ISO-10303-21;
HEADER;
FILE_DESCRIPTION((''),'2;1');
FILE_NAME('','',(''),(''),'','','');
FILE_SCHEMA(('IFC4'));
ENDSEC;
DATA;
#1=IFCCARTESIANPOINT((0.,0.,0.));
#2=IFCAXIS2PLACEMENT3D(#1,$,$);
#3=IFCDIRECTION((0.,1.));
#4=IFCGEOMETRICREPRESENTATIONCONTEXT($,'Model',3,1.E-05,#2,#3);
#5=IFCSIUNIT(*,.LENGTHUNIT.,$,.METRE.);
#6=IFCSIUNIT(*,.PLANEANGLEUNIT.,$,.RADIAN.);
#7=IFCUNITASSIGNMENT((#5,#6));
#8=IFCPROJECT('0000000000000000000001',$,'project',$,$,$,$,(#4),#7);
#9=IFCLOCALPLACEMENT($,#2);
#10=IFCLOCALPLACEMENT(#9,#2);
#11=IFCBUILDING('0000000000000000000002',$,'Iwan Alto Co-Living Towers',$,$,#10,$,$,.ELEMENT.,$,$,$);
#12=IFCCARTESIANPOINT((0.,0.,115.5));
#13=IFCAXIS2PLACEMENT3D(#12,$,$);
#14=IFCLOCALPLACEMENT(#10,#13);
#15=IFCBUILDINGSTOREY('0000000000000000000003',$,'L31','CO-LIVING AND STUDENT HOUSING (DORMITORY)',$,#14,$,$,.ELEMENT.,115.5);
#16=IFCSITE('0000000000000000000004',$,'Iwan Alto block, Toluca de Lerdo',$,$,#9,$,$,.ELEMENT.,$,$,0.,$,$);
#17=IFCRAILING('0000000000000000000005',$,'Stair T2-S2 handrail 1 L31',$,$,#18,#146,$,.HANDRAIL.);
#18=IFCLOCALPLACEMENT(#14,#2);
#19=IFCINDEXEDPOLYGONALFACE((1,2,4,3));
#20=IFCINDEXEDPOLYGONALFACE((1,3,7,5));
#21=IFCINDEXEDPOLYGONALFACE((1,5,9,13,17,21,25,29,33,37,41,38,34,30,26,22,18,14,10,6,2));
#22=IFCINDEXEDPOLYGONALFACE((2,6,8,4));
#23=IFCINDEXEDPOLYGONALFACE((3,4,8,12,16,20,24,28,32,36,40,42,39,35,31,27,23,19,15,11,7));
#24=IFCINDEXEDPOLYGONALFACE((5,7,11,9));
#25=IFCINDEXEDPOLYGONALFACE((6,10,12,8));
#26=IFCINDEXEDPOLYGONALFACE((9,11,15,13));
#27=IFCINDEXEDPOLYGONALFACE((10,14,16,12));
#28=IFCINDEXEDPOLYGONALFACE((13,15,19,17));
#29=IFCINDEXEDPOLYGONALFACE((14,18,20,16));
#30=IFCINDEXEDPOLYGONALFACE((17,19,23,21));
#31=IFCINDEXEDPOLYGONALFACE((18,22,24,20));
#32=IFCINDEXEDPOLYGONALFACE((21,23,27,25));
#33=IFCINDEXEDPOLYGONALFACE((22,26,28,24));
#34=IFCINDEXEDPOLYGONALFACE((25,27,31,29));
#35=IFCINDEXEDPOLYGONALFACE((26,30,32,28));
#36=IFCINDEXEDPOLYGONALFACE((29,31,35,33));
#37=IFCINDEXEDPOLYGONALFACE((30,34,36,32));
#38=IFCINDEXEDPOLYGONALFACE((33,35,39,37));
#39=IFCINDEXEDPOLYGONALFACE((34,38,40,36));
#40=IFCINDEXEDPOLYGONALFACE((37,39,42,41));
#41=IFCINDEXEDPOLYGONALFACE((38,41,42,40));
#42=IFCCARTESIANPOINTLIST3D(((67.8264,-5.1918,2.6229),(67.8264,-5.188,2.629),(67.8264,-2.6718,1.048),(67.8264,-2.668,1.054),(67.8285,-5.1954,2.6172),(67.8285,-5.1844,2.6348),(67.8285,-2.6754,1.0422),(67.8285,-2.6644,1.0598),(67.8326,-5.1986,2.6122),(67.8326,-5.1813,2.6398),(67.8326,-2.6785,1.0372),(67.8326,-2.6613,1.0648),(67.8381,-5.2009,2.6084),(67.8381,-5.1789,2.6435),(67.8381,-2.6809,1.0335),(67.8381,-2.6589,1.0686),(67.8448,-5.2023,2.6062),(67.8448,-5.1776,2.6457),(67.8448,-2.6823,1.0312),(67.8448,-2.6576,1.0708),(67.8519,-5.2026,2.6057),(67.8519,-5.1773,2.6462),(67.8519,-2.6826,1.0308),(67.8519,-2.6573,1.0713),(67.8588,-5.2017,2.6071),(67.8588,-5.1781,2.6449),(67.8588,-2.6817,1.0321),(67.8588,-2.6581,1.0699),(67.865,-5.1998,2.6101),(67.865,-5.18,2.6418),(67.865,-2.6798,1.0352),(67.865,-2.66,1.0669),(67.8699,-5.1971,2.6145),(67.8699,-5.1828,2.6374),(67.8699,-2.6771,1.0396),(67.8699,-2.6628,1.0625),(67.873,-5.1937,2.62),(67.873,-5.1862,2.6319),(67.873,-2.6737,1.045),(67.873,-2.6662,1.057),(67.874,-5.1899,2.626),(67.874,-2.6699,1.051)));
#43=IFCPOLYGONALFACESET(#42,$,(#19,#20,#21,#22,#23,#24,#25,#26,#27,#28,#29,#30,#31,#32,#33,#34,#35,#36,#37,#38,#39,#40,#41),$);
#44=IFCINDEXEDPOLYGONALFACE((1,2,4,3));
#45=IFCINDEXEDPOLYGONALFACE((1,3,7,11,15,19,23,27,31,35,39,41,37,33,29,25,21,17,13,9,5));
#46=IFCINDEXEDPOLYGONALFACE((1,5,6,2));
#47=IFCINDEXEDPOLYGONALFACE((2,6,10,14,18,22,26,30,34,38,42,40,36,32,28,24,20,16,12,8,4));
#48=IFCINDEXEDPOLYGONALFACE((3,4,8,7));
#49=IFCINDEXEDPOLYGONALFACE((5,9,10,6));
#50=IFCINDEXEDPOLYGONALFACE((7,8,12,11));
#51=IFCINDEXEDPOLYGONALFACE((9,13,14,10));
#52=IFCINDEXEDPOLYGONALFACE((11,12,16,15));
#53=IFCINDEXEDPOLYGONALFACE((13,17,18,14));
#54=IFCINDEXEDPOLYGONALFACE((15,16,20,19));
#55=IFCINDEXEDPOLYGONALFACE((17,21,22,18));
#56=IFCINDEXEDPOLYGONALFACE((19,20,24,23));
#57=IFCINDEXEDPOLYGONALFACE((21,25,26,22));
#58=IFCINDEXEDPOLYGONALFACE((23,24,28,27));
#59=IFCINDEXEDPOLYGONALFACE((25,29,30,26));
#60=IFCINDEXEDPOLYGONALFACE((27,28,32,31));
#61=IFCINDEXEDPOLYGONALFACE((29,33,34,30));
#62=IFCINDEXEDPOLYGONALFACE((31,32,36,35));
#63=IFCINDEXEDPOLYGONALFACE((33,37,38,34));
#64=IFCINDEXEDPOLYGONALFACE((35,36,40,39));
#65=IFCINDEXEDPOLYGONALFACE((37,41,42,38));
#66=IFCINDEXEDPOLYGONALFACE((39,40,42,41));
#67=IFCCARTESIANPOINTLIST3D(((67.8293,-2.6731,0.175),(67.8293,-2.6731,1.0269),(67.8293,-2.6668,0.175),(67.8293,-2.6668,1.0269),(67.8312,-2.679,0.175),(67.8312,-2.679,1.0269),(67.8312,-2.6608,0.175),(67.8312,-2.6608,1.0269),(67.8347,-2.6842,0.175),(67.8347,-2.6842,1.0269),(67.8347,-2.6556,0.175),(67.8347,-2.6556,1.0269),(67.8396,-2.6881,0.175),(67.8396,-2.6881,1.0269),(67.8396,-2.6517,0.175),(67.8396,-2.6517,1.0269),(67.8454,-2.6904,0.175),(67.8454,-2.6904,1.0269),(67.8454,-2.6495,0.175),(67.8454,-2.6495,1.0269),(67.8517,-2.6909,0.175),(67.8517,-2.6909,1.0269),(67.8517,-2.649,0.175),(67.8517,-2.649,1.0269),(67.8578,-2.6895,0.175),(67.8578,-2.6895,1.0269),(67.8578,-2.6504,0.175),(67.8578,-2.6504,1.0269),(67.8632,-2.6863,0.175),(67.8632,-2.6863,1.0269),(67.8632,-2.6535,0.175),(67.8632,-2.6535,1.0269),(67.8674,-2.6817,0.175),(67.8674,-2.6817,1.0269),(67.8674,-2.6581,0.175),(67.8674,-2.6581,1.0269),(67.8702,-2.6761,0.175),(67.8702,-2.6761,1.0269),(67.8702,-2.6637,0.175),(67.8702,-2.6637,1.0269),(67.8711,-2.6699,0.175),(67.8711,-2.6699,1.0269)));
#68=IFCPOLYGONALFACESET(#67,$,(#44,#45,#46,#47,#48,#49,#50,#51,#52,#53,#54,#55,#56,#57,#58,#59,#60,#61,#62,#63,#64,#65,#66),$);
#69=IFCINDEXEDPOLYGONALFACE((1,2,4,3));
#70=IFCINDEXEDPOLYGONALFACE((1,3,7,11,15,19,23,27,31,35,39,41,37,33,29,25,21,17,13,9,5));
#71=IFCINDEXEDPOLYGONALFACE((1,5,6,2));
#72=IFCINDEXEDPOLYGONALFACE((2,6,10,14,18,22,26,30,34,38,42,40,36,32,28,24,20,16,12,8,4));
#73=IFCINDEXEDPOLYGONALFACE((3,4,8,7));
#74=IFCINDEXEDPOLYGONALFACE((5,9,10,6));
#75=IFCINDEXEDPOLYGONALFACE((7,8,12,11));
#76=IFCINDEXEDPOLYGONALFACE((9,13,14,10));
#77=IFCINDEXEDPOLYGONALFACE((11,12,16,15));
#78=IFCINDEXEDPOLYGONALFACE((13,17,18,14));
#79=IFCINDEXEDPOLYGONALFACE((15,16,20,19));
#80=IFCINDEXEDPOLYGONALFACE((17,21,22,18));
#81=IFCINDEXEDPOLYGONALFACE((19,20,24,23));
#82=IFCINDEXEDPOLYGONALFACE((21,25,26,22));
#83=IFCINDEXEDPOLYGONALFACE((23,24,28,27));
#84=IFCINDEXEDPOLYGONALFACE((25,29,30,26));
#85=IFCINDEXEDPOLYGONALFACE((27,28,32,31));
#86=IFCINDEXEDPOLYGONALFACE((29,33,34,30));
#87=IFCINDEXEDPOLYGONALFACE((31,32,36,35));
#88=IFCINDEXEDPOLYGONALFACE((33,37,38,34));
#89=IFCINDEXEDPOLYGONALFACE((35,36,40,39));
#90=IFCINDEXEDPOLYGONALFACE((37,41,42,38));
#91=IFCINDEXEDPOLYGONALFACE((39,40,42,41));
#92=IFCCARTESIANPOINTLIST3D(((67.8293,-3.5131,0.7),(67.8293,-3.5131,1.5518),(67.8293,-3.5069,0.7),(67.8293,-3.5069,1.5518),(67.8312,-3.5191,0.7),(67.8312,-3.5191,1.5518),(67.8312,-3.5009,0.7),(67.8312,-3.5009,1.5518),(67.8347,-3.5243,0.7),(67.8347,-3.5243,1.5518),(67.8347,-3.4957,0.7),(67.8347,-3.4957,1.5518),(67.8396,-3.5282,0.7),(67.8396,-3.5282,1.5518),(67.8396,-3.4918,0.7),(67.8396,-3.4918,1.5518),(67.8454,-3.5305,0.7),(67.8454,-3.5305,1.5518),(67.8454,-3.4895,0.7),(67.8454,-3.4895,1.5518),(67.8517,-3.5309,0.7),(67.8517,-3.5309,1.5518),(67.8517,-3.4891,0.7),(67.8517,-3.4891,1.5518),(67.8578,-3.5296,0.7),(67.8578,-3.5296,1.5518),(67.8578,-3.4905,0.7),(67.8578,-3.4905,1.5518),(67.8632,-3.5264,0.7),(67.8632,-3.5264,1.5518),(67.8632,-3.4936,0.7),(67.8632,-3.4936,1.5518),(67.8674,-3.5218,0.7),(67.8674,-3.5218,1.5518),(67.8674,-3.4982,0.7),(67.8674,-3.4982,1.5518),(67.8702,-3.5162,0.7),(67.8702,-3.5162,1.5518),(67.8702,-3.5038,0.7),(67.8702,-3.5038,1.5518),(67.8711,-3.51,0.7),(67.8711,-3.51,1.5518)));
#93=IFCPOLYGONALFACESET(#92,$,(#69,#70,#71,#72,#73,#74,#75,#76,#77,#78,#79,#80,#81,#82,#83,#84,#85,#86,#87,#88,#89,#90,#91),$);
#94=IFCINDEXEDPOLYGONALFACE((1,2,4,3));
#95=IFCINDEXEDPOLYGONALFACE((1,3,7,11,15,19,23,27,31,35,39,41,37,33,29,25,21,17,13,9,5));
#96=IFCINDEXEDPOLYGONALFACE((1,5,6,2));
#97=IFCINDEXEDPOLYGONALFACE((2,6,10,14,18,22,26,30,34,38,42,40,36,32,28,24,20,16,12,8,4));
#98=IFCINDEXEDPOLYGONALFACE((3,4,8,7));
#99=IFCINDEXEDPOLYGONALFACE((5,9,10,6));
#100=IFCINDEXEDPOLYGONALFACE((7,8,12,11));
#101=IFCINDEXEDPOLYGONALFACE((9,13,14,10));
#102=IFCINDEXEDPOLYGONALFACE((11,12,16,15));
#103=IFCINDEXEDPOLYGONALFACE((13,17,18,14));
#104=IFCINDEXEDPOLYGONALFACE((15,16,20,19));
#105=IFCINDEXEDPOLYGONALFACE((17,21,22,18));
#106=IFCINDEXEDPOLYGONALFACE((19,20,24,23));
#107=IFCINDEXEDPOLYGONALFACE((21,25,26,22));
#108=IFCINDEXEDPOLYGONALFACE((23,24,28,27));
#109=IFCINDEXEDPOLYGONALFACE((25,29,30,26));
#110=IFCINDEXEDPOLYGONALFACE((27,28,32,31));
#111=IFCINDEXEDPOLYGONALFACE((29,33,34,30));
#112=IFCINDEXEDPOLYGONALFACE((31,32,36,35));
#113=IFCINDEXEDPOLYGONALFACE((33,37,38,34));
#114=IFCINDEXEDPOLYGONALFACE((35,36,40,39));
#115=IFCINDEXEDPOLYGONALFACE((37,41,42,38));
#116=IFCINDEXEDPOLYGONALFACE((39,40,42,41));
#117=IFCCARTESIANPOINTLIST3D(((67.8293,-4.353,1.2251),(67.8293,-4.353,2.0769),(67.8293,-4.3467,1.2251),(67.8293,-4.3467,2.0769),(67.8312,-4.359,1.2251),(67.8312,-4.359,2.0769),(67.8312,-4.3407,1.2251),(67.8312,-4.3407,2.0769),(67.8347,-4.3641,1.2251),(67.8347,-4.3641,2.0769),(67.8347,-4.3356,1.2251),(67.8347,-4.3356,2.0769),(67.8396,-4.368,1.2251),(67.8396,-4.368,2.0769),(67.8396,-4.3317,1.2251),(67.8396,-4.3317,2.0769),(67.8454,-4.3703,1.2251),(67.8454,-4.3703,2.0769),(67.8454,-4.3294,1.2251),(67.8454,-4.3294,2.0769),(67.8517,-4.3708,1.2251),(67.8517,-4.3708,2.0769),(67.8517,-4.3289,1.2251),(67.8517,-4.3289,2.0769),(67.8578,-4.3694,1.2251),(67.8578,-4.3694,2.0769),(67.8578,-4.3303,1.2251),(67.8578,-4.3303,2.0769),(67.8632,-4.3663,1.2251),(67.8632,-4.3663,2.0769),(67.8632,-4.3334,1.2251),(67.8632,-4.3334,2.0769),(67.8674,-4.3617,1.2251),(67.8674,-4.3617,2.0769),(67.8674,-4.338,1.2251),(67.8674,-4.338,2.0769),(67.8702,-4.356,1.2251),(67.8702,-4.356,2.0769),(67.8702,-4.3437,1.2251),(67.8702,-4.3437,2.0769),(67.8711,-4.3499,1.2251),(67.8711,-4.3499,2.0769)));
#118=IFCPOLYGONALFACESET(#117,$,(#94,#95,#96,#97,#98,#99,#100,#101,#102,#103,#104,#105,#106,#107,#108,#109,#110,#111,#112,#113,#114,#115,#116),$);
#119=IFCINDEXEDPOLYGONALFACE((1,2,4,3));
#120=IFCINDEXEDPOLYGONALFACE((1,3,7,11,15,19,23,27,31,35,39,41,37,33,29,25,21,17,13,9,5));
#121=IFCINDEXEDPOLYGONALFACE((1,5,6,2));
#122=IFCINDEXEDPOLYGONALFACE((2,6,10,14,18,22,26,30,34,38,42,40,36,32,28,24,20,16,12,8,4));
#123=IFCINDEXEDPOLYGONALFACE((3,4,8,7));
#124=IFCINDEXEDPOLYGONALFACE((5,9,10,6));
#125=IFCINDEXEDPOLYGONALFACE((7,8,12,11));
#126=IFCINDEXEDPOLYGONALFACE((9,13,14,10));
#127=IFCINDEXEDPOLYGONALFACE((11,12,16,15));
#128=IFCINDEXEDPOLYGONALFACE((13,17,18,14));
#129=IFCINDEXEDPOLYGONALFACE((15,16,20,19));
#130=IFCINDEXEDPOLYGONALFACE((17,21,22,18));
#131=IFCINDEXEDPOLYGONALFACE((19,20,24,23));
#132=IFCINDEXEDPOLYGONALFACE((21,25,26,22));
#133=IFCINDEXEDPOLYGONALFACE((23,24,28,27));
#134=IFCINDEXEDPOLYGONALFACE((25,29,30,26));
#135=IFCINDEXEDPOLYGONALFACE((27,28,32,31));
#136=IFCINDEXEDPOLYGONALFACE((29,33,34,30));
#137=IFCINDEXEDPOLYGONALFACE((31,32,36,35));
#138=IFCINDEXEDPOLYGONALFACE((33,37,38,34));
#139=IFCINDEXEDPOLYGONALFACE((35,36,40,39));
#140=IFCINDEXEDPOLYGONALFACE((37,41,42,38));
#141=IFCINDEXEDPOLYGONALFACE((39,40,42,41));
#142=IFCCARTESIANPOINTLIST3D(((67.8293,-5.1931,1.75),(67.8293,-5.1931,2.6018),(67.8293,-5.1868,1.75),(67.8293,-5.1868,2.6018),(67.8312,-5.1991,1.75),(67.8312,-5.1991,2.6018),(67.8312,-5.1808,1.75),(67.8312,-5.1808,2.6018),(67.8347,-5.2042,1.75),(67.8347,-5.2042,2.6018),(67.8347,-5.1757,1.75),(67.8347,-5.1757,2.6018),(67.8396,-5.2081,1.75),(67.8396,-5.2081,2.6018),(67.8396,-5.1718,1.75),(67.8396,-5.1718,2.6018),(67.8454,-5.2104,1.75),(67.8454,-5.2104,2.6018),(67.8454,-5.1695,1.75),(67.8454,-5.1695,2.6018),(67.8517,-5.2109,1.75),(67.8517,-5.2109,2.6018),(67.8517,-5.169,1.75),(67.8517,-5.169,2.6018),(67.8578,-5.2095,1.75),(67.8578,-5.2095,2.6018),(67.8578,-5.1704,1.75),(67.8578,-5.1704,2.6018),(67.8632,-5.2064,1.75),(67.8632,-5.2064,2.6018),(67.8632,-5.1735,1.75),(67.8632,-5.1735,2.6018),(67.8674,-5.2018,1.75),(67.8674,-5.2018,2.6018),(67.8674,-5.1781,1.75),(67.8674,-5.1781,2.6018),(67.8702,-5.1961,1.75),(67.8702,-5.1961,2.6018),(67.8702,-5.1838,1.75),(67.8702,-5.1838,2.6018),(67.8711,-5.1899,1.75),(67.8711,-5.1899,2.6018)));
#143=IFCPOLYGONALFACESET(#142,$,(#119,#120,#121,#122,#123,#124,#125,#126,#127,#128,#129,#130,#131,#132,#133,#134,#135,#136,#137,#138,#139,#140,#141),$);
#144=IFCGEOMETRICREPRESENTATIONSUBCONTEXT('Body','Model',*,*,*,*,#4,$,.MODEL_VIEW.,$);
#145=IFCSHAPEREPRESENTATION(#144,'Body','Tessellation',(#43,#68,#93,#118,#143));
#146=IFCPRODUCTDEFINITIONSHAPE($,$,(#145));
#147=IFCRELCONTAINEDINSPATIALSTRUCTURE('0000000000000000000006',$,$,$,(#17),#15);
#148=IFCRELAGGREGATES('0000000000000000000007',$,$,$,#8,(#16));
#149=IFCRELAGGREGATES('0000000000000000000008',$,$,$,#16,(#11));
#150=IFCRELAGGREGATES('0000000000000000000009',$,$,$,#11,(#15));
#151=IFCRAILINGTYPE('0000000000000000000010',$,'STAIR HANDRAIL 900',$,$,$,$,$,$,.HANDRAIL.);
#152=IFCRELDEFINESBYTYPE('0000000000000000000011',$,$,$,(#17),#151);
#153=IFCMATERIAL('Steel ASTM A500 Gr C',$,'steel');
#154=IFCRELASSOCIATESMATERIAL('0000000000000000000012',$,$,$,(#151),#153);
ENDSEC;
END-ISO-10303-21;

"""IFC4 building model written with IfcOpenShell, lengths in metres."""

from ifc_helpers import new_model, si_unit, direction, frame, origin, origin_2d, place, context, subcontext, project, spatial, circle, extrude, material, type_object, element, save


model = new_model("IFC4")

# Units and contexts
model_context = context("Model", 3, precision=1e-05, world=origin(), true_north=direction((0.0, 1.0)))
body_context = subcontext(model_context, "Body", "Model", "MODEL_VIEW")
ifc_project = project(units=[si_unit("LENGTHUNIT", "METRE"), si_unit("PLANEANGLEUNIT", "RADIAN")], contexts=[model_context])

# Site, building, storey
site_placement = place(None, origin())
site = spatial("IfcSite", under=ifc_project, at=site_placement, Name="Iwan Alto block, Toluca de Lerdo", CompositionType="ELEMENT", RefElevation=0.0)
building_placement = place(site_placement, origin())
building = spatial("IfcBuilding", under=site, at=building_placement, Name="Iwan Alto Co-Living Towers", CompositionType="ELEMENT")
storey_placement = place(building_placement, frame((0.0, 0.0, 115.5)))
storey = spatial("IfcBuildingStorey", under=building, at=storey_placement, Name="L31", Description="CO-LIVING AND STUDENT HOUSING (DORMITORY)", CompositionType="ELEMENT", Elevation=115.5)

# Railing
ifc_material_1 = material(Name="Steel ASTM A500 Gr C", Category="steel")
railing_type_1 = type_object("IfcRailingType", Name="STAIR HANDRAIL 900", PredefinedType="HANDRAIL", material=ifc_material_1)
railing_1_placement = place(storey_placement, frame((67.8501, -2.6699, 0.175)))
element("IfcRailing", 1, at=railing_1_placement, inside=storey, type_object=railing_type_1, Name="Stair T2-S2 handrail 1 L31", PredefinedType="HANDRAIL", context=body_context, shape_type="SweptSolid", body=[
    extrude(circle(Radius=0.0239, at=origin_2d()), frame((0.0, 0.0, 0.876), z_axis=(0.0, -0.848008, 0.529984), x_axis=(1.0, 0.0, 0.0)), (0.0, 0.0, 1.0), 2.9717),
    extrude(circle(Radius=0.021, at=origin_2d()), origin(), (0.0, 0.0, 1.0), 0.8518),
    extrude(circle(Radius=0.021, at=origin_2d()), frame((0.0, -0.8401, 0.5249)), (0.0, 0.0, 1.0), 0.8518),
    extrude(circle(Radius=0.021, at=origin_2d()), frame((0.0, -1.6799, 1.05)), (0.0, 0.0, 1.0), 0.8518),
    extrude(circle(Radius=0.021, at=origin_2d()), frame((0.0, -2.52, 1.575)), (0.0, 0.0, 1.0), 0.8518),
])

save(model, "model.ifc")
